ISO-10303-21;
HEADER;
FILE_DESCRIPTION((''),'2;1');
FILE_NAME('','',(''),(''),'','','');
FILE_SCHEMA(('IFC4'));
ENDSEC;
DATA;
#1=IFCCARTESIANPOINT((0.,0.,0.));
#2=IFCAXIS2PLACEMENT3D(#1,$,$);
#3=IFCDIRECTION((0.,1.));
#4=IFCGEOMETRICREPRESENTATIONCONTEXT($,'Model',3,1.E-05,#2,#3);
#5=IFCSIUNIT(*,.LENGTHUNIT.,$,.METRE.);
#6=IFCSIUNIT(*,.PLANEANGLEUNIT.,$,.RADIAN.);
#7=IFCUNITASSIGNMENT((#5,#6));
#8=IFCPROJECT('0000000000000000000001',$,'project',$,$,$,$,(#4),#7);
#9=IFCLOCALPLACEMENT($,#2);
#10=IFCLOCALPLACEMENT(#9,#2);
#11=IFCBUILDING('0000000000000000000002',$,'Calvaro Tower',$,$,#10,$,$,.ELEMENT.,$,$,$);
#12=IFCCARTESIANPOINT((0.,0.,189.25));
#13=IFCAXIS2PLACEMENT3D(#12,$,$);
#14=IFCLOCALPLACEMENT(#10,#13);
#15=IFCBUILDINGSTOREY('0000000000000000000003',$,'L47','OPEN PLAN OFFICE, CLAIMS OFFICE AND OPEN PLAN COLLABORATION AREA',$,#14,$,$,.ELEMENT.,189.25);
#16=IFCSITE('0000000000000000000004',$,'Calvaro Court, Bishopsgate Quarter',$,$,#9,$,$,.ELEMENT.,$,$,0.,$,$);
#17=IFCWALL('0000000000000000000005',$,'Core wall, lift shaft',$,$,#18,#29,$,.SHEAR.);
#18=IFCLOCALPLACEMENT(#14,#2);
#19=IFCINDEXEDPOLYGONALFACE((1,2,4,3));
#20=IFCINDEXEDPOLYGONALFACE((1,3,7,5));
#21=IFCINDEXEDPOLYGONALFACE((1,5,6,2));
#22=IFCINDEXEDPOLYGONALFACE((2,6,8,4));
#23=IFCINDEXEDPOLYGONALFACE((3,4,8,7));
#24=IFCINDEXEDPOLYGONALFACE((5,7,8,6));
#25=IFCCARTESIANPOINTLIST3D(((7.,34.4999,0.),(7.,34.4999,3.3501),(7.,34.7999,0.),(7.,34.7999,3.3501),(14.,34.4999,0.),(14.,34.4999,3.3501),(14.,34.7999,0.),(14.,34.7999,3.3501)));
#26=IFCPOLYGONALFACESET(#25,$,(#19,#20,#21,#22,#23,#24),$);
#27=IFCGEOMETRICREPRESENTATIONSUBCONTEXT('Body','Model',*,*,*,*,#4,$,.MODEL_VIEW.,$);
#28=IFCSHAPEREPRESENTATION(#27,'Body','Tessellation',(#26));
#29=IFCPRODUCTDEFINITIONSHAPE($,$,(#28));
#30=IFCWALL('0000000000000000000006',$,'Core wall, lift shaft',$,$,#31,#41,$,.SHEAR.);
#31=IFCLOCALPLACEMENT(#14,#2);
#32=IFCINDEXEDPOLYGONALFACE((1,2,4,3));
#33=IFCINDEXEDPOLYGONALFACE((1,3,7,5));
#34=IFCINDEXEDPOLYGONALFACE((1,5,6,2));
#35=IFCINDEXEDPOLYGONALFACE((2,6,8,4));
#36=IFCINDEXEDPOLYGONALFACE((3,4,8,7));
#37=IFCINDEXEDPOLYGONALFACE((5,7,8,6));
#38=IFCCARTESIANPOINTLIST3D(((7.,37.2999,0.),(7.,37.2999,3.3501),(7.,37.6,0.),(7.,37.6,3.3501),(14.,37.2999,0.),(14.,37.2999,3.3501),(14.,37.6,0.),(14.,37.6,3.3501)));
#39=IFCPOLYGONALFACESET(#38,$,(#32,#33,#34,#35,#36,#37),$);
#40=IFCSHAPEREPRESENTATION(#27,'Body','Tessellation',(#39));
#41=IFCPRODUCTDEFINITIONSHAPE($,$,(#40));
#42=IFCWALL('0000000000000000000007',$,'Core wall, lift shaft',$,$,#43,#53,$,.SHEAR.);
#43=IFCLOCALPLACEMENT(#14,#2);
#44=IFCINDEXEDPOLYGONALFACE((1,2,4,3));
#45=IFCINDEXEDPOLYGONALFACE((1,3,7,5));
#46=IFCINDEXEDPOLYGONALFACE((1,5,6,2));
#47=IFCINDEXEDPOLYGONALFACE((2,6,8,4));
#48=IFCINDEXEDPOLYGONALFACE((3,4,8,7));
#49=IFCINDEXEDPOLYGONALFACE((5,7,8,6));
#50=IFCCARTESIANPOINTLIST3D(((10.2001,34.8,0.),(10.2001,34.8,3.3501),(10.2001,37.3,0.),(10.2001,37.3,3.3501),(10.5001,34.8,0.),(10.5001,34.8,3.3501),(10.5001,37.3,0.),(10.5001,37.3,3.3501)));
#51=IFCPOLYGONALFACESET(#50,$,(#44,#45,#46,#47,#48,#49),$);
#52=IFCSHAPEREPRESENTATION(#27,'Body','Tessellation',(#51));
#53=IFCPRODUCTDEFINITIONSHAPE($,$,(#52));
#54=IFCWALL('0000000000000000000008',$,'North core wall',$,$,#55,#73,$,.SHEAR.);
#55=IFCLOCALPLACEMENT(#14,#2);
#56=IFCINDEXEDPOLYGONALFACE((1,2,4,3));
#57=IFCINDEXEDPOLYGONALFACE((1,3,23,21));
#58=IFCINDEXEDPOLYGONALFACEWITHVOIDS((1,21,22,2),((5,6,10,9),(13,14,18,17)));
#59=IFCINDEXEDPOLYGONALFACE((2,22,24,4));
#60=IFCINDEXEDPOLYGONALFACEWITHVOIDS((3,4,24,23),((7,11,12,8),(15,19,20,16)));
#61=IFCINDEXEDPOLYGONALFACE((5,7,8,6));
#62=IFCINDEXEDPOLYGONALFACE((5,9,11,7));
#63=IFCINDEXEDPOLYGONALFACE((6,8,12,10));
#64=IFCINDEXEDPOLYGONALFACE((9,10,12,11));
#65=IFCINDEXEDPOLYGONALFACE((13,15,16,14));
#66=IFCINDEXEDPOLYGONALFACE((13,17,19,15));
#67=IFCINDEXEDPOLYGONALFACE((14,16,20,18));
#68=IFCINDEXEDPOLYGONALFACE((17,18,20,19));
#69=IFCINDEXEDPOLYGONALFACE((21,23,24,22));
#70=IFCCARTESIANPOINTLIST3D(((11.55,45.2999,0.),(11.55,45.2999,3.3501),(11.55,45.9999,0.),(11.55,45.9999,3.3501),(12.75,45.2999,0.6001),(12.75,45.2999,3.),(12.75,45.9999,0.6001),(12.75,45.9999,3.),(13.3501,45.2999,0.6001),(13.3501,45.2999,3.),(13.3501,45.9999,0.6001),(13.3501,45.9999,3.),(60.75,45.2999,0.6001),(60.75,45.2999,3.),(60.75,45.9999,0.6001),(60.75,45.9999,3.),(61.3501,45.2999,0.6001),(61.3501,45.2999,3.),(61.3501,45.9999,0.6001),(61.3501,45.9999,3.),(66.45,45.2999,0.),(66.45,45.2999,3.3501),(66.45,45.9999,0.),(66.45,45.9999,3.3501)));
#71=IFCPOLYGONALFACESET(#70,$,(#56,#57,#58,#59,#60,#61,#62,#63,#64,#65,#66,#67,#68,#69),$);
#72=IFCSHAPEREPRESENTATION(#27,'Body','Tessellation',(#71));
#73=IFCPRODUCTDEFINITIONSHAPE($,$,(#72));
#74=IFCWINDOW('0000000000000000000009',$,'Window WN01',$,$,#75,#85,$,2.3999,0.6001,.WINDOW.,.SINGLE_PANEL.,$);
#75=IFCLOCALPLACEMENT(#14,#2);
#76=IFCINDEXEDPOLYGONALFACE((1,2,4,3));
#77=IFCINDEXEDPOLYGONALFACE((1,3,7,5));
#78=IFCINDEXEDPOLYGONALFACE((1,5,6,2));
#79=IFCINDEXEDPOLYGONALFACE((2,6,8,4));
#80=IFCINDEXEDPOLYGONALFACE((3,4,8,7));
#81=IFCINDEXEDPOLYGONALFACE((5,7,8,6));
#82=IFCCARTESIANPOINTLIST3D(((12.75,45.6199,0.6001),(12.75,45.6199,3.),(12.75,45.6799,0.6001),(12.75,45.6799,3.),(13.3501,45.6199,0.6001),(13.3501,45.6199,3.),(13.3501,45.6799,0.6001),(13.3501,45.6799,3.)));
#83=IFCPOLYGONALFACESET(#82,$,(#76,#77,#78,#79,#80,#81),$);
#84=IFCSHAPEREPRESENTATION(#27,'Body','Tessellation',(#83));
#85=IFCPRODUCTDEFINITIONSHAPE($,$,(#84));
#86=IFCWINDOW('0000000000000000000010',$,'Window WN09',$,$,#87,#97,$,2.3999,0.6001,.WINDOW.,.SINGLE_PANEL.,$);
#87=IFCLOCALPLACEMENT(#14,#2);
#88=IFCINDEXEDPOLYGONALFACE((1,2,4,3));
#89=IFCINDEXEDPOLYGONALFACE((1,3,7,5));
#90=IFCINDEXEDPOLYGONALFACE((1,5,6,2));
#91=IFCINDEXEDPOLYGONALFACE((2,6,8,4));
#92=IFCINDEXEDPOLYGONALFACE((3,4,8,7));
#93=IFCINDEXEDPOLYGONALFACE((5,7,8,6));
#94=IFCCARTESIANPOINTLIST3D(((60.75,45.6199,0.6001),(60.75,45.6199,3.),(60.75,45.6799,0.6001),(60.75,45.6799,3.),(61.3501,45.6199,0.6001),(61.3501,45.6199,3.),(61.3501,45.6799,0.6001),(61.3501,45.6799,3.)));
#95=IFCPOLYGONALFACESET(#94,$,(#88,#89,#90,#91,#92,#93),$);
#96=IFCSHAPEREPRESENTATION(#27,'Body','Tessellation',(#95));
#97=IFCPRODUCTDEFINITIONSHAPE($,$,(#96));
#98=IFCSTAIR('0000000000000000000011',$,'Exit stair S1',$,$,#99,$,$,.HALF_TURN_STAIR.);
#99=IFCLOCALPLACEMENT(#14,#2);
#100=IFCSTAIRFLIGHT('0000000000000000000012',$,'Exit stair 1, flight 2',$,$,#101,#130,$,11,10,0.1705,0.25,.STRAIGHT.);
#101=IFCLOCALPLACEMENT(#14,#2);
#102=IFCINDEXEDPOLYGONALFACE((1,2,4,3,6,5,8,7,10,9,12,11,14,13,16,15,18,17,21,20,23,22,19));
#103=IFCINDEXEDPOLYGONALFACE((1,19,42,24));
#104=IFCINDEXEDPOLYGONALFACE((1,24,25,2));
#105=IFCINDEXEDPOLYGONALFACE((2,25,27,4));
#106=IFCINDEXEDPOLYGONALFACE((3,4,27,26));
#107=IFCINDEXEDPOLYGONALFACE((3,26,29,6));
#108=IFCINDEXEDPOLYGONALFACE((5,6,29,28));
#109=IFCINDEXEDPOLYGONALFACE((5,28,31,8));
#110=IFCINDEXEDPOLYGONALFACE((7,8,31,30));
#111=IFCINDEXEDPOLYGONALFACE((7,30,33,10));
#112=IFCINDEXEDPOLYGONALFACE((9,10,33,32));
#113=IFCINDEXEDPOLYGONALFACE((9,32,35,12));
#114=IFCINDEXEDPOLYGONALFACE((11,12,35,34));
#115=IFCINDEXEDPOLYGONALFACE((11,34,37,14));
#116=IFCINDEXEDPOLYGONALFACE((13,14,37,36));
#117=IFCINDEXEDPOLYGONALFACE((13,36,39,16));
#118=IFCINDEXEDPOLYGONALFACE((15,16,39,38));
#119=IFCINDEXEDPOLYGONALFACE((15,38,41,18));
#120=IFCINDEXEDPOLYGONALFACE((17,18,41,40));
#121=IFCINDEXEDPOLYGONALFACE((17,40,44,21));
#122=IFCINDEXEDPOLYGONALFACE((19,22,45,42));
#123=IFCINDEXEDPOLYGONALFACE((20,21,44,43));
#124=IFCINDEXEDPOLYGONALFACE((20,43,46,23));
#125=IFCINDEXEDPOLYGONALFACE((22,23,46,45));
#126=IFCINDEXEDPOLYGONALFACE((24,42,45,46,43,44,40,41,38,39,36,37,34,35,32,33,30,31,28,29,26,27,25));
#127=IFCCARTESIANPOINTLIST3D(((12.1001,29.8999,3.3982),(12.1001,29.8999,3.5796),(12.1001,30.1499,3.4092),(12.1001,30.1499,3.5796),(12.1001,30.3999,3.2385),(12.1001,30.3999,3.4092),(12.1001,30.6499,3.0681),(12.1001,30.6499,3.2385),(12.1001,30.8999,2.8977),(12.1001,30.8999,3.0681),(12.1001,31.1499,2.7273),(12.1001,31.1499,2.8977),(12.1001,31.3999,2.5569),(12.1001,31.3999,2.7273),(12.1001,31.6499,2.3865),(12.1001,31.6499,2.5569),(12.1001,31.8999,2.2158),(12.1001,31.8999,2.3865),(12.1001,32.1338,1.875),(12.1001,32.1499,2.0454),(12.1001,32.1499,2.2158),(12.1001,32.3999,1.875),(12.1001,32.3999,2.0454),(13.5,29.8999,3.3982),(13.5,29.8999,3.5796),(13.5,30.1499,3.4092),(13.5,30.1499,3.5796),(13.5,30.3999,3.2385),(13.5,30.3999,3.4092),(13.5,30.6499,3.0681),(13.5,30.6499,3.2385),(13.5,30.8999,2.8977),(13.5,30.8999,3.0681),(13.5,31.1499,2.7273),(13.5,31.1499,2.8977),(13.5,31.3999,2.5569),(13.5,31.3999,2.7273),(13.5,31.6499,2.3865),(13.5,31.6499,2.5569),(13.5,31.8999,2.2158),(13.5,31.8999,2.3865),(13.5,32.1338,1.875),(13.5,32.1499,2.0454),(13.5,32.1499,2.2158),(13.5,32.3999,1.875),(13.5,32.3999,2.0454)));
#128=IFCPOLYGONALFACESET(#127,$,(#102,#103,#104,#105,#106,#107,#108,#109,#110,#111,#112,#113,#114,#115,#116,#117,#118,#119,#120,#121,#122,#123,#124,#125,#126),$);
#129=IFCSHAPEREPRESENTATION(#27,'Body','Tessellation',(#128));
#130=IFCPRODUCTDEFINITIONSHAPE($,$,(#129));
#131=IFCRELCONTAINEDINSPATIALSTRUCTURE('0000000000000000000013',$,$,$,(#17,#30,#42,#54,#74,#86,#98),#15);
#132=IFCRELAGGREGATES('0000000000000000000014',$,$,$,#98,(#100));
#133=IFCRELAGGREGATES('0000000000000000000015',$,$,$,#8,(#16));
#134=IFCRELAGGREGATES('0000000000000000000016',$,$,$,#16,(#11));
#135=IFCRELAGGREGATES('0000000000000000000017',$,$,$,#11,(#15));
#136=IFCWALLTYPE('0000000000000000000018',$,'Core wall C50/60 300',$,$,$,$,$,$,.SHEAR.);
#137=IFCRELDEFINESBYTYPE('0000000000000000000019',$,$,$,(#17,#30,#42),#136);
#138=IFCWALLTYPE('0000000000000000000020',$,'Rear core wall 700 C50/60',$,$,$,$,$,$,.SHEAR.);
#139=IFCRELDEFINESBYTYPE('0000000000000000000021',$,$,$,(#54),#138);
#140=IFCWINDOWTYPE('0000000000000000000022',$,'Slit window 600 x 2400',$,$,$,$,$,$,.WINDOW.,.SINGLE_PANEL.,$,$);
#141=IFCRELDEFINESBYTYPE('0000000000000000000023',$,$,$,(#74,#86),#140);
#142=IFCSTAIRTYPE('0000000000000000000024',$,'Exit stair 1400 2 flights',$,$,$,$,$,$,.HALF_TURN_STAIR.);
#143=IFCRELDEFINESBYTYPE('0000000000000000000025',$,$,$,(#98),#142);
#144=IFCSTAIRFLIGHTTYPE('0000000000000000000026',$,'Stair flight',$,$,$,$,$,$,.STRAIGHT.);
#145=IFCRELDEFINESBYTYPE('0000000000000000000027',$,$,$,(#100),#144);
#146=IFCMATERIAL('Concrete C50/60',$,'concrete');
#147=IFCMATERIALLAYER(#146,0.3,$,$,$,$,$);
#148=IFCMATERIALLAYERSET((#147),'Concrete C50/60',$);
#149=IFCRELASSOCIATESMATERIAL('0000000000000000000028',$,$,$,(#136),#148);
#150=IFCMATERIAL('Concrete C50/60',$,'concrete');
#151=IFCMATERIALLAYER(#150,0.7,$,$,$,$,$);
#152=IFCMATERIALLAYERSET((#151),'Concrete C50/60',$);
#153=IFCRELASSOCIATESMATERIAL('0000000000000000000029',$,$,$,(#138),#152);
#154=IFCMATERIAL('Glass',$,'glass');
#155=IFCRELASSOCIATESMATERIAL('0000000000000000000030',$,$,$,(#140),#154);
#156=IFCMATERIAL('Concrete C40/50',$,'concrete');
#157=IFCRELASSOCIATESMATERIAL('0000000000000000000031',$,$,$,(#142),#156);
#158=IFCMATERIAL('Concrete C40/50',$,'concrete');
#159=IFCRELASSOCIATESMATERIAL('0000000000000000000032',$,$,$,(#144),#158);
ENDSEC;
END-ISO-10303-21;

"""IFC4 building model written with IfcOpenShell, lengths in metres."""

from ifc_helpers import new_model, si_unit, direction, frame, frame_2d, origin, place, context, subcontext, project, spatial, polyline, rectangle, outline, extrude, material, layer, layer_set, type_object, element, fill, aggregate, save


model = new_model("IFC4")

# Units and contexts
model_context = context("Model", 3, precision=1e-05, world=origin(), true_north=direction((0.0, 1.0)))
body_context = subcontext(model_context, "Body", "Model", "MODEL_VIEW")
ifc_project = project(units=[si_unit("LENGTHUNIT", "METRE"), si_unit("PLANEANGLEUNIT", "RADIAN")], contexts=[model_context])

# Site, building, storey
site_placement = place(None, origin())
site = spatial("IfcSite", under=ifc_project, at=site_placement, Name="Calvaro Court, Bishopsgate Quarter", CompositionType="ELEMENT", RefElevation=0.0)
building_placement = place(site_placement, origin())
building = spatial("IfcBuilding", under=site, at=building_placement, Name="Calvaro Tower", CompositionType="ELEMENT")
storey_placement = place(building_placement, frame((0.0, 0.0, 189.25)))
storey = spatial("IfcBuildingStorey", under=building, at=storey_placement, Name="L47", Description="OPEN PLAN OFFICE, CLAIMS OFFICE AND OPEN PLAN COLLABORATION AREA", CompositionType="ELEMENT", Elevation=189.25)

# Walls
ifc_material_1 = material(Name="Concrete C50/60", Category="concrete")
ifc_layer_1 = layer(ifc_material_1, 0.3)
ifc_layer_set_1 = layer_set([ifc_layer_1], Name="Concrete C50/60")
wall_type_1 = type_object("IfcWallType", Name="Core wall C50/60 300", PredefinedType="SHEAR", material=ifc_layer_set_1)
for number, where, z_axis, x_axis, name in (
    (1, (7.0, 34.6499, 0.0), (0.0, 0.0, 1.0), (1.0, 0.0, 0.0), "Core wall, lift shaft"),
    (2, (7.0, 37.45, 0.0), (0.0, 0.0, 1.0), (1.0, 0.0, 0.0), "Core wall, lift shaft"),
):
    element("IfcWall", number, at=place(storey_placement, frame(where, z_axis=z_axis, x_axis=x_axis)), inside=storey, type_object=wall_type_1, Name=name, PredefinedType="SHEAR", context=body_context, shape_type="SweptSolid", body=[
        extrude(rectangle(XDim=7.0, YDim=0.3, at=frame_2d((3.5, 0.0))), origin(), (0.0, 0.0, 1.0), 3.3501),
    ])
wall_1_placement = place(storey_placement, frame((10.3501, 34.8, 0.0), z_axis=(0.0, 0.0, 1.0), x_axis=(0.0, 1.0, 0.0)))
element("IfcWall", 3, at=wall_1_placement, inside=storey, type_object=wall_type_1, Name="Core wall, lift shaft", PredefinedType="SHEAR", context=body_context, shape_type="SweptSolid", body=[
    extrude(rectangle(XDim=2.5, YDim=0.3, at=frame_2d((1.25, 0.0))), origin(), (0.0, 0.0, 1.0), 3.3501),
])

# Wall, openings, windows
ifc_material_2 = material(Name="Concrete C50/60", Category="concrete")
ifc_layer_2 = layer(ifc_material_2, 0.7)
ifc_layer_set_2 = layer_set([ifc_layer_2], Name="Concrete C50/60")
wall_type_2 = type_object("IfcWallType", Name="Rear core wall 700 C50/60", PredefinedType="SHEAR", material=ifc_layer_set_2)
wall_2_placement = place(storey_placement, frame((11.55, 45.6499, 0.0), z_axis=(0.0, 0.0, 1.0), x_axis=(1.0, 0.0, 0.0)))
wall_2 = element("IfcWall", 4, at=wall_2_placement, inside=storey, type_object=wall_type_2, Name="North core wall", PredefinedType="SHEAR", context=body_context, shape_type="SweptSolid", body=[
    extrude(rectangle(XDim=54.8999, YDim=0.7, at=frame_2d((27.45, 0.0))), origin(), (0.0, 0.0, 1.0), 3.3501),
])
opening_1_placement = place(wall_2_placement, frame((1.2, 0.0, 0.6001)))
opening_1 = element("IfcOpeningElement", 5, at=opening_1_placement, cuts=wall_2, PredefinedType="OPENING", context=body_context, shape_type="SweptSolid", body=[
    extrude(rectangle(XDim=0.6001, YDim=2.3999, at=frame_2d((0.3, 1.2))), frame((0.0, 0.3599, 0.0), z_axis=(0.0, -1.0, 0.0), x_axis=(1.0, 0.0, 0.0)), (0.0, 0.0, 1.0), 0.72),
])
opening_2_placement = place(wall_2_placement, frame((49.2, 0.0, 0.6001)))
opening_2 = element("IfcOpeningElement", 6, at=opening_2_placement, cuts=wall_2, PredefinedType="OPENING", context=body_context, shape_type="SweptSolid", body=[
    extrude(rectangle(XDim=0.6001, YDim=2.3999, at=frame_2d((0.3, 1.2))), frame((0.0, 0.3599, 0.0), z_axis=(0.0, -1.0, 0.0), x_axis=(1.0, 0.0, 0.0)), (0.0, 0.0, 1.0), 0.72),
])
ifc_material_3 = material(Name="Glass", Category="glass")
window_type = type_object("IfcWindowType", Name="Slit window 600 x 2400", PartitioningType="SINGLE_PANEL", PredefinedType="WINDOW", material=ifc_material_3)
window_1_placement = place(opening_1_placement, origin())
window_1 = element("IfcWindow", 7, at=window_1_placement, inside=storey, type_object=window_type, Name="Window WN01", OverallHeight=2.3999, OverallWidth=0.6001, PartitioningType="SINGLE_PANEL", PredefinedType="WINDOW", context=body_context, shape_type="SweptSolid", body=[
    extrude(rectangle(XDim=0.6001, YDim=2.3999, at=frame_2d((0.3, 1.2))), frame((0.0, 0.03, 0.0), z_axis=(0.0, -1.0, 0.0), x_axis=(1.0, 0.0, 0.0)), (0.0, 0.0, 1.0), 0.0601),
])
fill(opening_1, window_1)
window_2_placement = place(opening_2_placement, origin())
window_2 = element("IfcWindow", 8, at=window_2_placement, inside=storey, type_object=window_type, Name="Window WN09", OverallHeight=2.3999, OverallWidth=0.6001, PartitioningType="SINGLE_PANEL", PredefinedType="WINDOW", context=body_context, shape_type="SweptSolid", body=[
    extrude(rectangle(XDim=0.6001, YDim=2.3999, at=frame_2d((0.3, 1.2))), frame((0.0, 0.03, 0.0), z_axis=(0.0, -1.0, 0.0), x_axis=(1.0, 0.0, 0.0)), (0.0, 0.0, 1.0), 0.0601),
])
fill(opening_2, window_2)

# Stair, stair flight
ifc_material_4 = material(Name="Concrete C40/50", Category="concrete")
stair_type = type_object("IfcStairType", Name="Exit stair 1400 2 flights", PredefinedType="HALF_TURN_STAIR", material=ifc_material_4)
stair_placement = place(storey_placement, origin())
stair = element("IfcStair", 9, at=stair_placement, inside=storey, type_object=stair_type, Name="Exit stair S1", PredefinedType="HALF_TURN_STAIR")
ifc_material_5 = material(Name="Concrete C40/50", Category="concrete")
stair_flight_type = type_object("IfcStairFlightType", Name="Stair flight", PredefinedType="STRAIGHT", material=ifc_material_5)
stair_flight_placement = place(storey_placement, frame((12.8, 32.3999, 1.875), z_axis=(0.0, 0.0, 1.0), x_axis=(0.0, -1.0, 0.0)))
stair_flight = element("IfcStairFlight", 10, at=stair_flight_placement, type_object=stair_flight_type, Name="Exit stair 1, flight 2", NumberOfRisers=11, NumberOfTreads=10, PredefinedType="STRAIGHT", RiserHeight=0.1705, TreadLength=0.25, context=body_context, shape_type="SweptSolid", body=[
    extrude(outline(polyline([(0.0, 0.0), (0.0, 0.1704), (0.25, 0.1704), (0.25, 0.3408), (0.5, 0.3408), (0.5, 0.5115), (0.75, 0.5115), (0.75, 0.6819), (1.0, 0.6819), (1.0, 0.8523), (1.25, 0.8523), (1.25, 1.0227), (1.5, 1.0227), (1.5, 1.1931), (1.75, 1.1931), (1.75, 1.3635), (2.0, 1.3635), (2.0, 1.5342), (2.25, 1.5342), (2.25, 1.7046), (2.5, 1.7046), (2.5, 1.875), (2.5, 1.5232), (0.2661, 0.0), (0.0, 0.0)])), frame((0.0, 0.7, 0.0), z_axis=(0.0, -1.0, 0.0), x_axis=(1.0, 0.0, 0.0)), (0.0, 0.0, 1.0), 1.3999),
])
aggregate(stair, [stair_flight])

save(model, "model.ifc")
